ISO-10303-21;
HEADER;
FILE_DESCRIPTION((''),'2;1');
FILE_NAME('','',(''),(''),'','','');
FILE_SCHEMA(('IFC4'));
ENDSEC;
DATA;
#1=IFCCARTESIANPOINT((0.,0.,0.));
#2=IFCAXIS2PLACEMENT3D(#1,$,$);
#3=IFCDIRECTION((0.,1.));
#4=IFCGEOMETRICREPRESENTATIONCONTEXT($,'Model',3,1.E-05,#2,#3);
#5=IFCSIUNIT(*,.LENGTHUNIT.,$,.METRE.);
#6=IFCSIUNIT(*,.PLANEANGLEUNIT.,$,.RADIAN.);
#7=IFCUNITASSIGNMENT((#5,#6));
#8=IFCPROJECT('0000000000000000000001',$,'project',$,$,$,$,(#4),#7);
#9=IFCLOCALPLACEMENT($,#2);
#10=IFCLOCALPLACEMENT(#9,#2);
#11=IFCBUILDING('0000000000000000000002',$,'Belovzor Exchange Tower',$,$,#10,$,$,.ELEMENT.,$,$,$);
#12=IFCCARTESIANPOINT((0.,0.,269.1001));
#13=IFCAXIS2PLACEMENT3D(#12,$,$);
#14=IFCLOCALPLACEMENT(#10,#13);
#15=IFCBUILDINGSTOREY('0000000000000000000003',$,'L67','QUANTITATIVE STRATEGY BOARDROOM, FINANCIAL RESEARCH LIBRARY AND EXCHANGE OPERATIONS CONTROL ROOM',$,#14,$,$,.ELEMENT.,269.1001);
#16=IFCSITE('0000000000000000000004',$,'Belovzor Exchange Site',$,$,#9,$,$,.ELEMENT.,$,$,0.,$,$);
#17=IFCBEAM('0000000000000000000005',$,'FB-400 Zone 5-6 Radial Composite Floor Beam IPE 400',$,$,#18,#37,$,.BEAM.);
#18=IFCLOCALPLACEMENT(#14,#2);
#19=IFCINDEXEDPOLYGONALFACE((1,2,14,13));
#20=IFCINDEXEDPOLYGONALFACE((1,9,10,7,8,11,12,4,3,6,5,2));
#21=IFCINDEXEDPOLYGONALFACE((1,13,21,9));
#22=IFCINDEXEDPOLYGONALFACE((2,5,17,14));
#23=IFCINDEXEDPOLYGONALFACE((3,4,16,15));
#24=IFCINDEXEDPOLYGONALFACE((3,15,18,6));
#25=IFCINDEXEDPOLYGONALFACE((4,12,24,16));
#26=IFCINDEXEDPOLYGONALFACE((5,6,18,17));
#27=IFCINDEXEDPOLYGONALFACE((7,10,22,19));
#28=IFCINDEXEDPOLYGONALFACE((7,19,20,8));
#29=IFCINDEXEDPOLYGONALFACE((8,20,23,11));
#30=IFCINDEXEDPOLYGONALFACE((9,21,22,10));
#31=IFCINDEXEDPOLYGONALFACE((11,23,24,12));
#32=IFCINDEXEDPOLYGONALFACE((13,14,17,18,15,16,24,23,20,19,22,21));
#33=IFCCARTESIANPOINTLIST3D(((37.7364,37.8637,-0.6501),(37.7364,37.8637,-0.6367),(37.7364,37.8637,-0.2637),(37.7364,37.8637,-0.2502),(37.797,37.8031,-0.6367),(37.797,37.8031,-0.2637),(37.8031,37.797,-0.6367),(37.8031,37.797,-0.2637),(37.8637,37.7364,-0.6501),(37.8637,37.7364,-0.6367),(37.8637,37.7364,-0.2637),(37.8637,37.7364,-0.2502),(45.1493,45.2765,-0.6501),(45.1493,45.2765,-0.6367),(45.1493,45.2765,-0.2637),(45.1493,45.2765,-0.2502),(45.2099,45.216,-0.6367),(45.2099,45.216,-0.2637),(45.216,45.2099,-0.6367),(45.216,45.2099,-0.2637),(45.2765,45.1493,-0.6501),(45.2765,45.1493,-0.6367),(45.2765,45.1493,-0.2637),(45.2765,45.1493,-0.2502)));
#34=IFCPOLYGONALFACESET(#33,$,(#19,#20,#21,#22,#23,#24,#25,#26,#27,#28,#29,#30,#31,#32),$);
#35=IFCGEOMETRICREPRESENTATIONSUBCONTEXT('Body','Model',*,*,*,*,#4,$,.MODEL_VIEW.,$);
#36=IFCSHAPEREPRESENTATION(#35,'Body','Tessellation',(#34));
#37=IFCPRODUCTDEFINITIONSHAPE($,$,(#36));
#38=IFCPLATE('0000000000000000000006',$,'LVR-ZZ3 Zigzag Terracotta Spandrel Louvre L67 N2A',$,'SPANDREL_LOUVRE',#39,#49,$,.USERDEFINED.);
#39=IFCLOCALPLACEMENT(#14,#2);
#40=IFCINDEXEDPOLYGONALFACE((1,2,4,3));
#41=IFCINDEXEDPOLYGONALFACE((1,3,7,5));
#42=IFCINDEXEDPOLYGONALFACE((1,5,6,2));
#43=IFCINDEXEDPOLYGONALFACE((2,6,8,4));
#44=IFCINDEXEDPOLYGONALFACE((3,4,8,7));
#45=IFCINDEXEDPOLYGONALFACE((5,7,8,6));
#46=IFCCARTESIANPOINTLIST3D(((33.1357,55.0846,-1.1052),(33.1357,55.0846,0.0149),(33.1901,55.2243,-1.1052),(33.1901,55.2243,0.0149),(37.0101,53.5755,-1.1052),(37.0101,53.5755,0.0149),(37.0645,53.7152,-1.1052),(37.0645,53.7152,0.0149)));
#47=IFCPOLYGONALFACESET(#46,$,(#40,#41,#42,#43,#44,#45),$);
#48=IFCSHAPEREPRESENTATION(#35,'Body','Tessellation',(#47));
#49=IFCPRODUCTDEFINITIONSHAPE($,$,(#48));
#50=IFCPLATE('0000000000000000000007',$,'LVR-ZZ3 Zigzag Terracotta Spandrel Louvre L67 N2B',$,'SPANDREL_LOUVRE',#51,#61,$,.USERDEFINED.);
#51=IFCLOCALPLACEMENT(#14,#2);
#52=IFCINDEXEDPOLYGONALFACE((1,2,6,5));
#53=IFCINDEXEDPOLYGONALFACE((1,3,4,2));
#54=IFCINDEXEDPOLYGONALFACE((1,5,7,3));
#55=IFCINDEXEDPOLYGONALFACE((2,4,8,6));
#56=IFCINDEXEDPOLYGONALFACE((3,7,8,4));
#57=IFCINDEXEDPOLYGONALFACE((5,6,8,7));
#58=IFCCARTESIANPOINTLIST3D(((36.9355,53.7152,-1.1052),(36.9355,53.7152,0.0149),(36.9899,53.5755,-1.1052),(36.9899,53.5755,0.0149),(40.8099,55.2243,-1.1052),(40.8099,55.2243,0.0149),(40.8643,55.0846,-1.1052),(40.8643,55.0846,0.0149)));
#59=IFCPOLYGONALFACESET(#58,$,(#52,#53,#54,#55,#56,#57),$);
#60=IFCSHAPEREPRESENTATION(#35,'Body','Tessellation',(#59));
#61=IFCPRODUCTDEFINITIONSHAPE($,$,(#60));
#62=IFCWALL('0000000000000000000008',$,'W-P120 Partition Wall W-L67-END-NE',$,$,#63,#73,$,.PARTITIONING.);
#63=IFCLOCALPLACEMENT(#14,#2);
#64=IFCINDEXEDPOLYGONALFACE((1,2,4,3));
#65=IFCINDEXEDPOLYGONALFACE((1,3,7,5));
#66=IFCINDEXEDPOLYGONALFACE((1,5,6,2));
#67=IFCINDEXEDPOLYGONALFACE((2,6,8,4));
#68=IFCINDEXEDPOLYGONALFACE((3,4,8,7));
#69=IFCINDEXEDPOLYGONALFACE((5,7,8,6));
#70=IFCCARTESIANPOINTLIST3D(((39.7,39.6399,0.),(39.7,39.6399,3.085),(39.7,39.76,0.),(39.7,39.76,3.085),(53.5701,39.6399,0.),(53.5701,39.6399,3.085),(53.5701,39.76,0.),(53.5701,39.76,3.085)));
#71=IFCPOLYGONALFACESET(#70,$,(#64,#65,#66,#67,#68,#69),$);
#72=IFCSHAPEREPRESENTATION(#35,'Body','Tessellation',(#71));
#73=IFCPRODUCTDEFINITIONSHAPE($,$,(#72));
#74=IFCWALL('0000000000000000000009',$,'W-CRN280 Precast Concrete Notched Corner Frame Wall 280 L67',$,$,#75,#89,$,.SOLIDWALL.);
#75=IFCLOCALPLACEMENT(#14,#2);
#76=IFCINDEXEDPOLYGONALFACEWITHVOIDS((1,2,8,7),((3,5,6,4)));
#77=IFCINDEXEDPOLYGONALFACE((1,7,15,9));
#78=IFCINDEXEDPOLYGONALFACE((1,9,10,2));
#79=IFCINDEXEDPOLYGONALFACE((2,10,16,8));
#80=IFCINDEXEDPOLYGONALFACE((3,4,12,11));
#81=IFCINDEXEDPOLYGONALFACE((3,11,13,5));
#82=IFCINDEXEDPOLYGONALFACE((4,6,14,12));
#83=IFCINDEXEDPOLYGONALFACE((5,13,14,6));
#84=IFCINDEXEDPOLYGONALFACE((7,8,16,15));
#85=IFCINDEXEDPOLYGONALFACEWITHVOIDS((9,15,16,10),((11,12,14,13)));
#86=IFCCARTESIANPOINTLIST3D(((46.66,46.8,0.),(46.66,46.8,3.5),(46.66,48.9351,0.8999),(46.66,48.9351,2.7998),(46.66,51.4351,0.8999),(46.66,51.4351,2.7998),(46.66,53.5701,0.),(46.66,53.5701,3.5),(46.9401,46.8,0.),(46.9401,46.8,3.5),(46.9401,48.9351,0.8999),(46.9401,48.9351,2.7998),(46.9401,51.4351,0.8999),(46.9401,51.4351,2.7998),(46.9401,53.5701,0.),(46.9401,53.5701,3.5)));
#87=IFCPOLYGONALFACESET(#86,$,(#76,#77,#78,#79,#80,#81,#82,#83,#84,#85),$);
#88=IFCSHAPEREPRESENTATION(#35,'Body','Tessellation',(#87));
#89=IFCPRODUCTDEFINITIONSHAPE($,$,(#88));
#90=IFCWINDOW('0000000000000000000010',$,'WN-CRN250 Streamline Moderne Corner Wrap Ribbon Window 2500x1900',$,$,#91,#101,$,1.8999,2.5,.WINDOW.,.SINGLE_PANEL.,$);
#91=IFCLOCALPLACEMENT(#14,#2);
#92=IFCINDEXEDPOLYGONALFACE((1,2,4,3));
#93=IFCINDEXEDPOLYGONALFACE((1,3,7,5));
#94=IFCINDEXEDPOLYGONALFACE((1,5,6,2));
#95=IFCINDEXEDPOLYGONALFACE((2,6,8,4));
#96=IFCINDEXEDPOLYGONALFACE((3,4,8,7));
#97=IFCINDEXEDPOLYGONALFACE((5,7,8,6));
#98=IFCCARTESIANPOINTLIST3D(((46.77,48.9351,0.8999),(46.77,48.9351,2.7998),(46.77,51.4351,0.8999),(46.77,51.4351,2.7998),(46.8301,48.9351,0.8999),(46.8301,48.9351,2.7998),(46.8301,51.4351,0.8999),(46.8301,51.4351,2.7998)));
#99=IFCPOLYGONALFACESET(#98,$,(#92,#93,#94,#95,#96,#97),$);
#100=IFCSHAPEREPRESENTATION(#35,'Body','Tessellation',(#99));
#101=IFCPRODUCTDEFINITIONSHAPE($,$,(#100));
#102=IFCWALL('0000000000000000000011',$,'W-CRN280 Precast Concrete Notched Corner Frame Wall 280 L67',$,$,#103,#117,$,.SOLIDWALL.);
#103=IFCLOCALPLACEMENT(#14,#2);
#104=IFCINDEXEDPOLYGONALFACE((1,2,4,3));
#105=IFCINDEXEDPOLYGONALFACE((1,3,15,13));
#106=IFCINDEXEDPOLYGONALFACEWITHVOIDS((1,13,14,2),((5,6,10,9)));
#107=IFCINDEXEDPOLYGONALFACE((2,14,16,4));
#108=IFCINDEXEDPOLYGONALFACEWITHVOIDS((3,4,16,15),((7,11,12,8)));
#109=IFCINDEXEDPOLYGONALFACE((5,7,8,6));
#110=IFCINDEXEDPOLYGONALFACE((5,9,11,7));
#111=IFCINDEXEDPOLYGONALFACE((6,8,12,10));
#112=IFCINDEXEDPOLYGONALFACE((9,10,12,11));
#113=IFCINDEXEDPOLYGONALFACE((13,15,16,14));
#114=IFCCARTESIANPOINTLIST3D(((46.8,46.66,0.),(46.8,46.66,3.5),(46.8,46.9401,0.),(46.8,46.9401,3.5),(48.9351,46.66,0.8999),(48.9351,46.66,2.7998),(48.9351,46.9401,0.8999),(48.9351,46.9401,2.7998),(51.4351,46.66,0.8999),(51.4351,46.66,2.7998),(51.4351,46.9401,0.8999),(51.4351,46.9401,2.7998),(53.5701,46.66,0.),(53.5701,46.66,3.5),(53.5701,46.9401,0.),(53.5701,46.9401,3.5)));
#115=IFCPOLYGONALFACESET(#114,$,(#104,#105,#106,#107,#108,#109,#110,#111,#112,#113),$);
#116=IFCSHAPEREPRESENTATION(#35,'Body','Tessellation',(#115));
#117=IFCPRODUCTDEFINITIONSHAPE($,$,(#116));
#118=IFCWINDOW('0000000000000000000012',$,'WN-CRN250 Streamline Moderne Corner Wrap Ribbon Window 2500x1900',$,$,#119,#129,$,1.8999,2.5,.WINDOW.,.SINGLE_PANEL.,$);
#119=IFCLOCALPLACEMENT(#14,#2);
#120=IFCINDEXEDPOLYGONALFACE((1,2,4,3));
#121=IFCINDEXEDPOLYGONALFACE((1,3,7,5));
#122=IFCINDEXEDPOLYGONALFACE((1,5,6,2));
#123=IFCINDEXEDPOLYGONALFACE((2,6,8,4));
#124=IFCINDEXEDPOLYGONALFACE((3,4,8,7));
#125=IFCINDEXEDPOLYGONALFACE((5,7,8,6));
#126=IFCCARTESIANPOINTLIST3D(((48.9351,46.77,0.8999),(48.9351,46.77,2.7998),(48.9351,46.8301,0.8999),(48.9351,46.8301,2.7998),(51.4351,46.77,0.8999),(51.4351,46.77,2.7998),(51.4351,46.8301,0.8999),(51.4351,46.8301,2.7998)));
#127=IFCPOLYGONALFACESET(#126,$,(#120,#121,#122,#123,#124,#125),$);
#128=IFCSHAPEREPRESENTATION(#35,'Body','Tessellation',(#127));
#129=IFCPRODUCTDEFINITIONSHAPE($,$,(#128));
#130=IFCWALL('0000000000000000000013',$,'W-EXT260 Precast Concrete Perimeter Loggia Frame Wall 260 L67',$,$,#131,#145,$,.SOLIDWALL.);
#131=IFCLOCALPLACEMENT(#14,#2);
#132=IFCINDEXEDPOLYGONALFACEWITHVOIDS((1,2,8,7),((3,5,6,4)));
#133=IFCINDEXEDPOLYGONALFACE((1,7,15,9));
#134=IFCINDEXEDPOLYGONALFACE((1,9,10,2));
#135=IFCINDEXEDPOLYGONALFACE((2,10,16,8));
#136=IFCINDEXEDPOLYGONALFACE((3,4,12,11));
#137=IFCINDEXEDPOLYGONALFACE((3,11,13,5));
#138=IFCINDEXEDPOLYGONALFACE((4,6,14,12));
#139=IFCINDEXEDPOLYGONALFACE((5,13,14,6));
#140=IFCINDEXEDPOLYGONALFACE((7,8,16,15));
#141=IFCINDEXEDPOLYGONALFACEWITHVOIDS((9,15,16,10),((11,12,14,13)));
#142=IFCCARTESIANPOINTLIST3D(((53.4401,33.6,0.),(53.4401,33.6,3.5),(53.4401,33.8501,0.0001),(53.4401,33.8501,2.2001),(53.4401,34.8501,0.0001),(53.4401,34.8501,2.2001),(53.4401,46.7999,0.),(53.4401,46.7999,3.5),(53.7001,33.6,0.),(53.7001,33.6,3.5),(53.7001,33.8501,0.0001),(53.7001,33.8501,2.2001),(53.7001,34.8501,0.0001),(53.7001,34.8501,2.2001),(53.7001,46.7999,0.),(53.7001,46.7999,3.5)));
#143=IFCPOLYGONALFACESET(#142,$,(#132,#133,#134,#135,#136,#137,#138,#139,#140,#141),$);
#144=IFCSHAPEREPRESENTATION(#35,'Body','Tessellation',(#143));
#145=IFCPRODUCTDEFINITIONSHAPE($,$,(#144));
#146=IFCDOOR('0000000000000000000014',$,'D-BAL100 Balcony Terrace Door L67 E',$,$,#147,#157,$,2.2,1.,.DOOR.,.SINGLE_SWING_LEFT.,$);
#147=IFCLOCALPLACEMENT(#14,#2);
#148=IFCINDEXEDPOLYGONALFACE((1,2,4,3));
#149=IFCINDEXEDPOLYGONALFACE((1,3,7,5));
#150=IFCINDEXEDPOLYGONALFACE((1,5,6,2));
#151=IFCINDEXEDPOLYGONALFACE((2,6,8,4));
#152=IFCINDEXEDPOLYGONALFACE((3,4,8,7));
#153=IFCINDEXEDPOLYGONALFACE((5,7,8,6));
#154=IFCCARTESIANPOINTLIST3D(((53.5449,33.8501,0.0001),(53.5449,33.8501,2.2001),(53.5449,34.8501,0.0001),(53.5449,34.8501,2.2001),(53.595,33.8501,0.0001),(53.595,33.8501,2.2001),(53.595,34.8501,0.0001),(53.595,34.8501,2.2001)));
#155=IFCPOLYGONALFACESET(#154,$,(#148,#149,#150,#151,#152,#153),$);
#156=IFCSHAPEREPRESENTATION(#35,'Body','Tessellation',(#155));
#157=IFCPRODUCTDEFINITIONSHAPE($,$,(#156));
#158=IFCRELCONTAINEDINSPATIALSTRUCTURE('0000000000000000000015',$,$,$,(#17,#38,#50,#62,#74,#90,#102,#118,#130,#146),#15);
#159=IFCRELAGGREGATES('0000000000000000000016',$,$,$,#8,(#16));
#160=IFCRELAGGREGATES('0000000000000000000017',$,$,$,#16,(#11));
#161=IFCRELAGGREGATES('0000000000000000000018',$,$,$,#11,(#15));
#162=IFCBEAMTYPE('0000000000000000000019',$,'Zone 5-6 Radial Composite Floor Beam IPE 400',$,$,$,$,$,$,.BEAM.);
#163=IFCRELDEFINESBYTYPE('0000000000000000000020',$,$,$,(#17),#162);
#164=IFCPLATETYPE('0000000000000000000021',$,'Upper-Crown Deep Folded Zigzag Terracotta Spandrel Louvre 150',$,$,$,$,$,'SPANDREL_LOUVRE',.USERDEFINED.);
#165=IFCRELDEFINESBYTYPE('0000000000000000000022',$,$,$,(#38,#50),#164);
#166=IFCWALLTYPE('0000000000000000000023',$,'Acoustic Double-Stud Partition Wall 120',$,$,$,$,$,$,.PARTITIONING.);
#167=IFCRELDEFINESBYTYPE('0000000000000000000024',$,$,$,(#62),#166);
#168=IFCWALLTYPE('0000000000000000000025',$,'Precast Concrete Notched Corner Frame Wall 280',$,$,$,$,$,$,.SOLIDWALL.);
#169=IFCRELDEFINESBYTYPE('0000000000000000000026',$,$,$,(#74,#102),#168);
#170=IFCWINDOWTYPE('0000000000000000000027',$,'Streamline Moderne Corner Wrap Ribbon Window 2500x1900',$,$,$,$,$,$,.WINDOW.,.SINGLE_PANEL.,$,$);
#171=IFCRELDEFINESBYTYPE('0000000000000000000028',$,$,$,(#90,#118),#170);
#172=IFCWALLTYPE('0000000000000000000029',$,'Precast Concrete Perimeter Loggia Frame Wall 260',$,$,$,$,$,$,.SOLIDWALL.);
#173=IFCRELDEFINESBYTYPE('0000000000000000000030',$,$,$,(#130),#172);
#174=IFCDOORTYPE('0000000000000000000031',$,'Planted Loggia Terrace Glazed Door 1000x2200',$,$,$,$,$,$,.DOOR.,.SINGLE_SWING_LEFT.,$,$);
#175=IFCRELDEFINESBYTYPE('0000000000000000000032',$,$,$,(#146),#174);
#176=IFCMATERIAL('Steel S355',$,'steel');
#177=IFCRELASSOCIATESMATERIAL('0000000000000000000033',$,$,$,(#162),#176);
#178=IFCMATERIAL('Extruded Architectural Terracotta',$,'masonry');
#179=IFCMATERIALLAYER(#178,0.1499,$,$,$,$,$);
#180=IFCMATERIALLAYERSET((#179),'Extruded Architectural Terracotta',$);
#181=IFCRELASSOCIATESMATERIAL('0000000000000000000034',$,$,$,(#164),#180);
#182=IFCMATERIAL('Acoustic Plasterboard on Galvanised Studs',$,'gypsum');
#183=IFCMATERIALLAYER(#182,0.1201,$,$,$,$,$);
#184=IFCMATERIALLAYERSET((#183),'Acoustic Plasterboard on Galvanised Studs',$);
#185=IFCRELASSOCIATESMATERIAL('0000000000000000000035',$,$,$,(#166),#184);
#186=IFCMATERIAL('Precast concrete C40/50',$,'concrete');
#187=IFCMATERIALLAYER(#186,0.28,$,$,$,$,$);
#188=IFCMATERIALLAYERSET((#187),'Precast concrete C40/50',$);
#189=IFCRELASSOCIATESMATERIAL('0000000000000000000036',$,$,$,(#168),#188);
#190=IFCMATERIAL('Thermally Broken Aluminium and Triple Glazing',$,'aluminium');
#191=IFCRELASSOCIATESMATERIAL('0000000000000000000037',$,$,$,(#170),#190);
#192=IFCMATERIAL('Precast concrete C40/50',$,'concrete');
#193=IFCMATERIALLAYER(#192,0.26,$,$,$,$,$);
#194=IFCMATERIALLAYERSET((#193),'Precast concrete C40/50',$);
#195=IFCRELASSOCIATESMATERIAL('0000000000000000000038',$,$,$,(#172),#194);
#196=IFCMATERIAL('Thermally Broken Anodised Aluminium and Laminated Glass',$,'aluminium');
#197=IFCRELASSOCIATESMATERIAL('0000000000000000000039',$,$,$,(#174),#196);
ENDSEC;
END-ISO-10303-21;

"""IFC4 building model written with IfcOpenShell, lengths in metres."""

from ifc_helpers import new_model, si_unit, direction, frame, frame_2d, origin, origin_2d, place, context, subcontext, project, spatial, rectangle, i_section, extrude, material, layer, layer_set, material_profile, profile_set, type_object, element, fill, save


model = new_model("IFC4")

# Units and contexts
model_context = context("Model", 3, precision=1e-05, world=origin(), true_north=direction((0.0, 1.0)))
body_context = subcontext(model_context, "Body", "Model", "MODEL_VIEW")
ifc_project = project(units=[si_unit("LENGTHUNIT", "METRE"), si_unit("PLANEANGLEUNIT", "RADIAN")], contexts=[model_context])

# Site, building, storey
site_placement = place(None, origin())
site = spatial("IfcSite", under=ifc_project, at=site_placement, Name="Belovzor Exchange Site", CompositionType="ELEMENT", RefElevation=0.0)
building_placement = place(site_placement, origin())
building = spatial("IfcBuilding", under=site, at=building_placement, Name="Belovzor Exchange Tower", CompositionType="ELEMENT")
storey_placement = place(building_placement, frame((0.0, 0.0, 269.1001)))
storey = spatial("IfcBuildingStorey", under=building, at=storey_placement, Name="L67", Description="QUANTITATIVE STRATEGY BOARDROOM, FINANCIAL RESEARCH LIBRARY AND EXCHANGE OPERATIONS CONTROL ROOM", CompositionType="ELEMENT", Elevation=269.1001)

# Beam
ifc_material_1 = material(Name="Steel S355", Category="steel")
ifc_material_profile_1 = material_profile(ifc_material_1, i_section(OverallWidth=0.1799, OverallDepth=0.3999, WebThickness=0.0085, FlangeThickness=0.0134, at=origin_2d()))
ifc_profile_set_1 = profile_set([ifc_material_profile_1], Name="Steel S355")
beam_type_1 = type_object("IfcBeamType", Name="Zone 5-6 Radial Composite Floor Beam IPE 400", PredefinedType="BEAM", material=ifc_profile_set_1)
beam_1_placement = place(storey_placement, frame((37.8, 37.8, -0.4502), z_axis=(0.707107, 0.707107, 0.0), x_axis=(-0.707107, 0.707107, 0.0)))
element("IfcBeam", 1, at=beam_1_placement, inside=storey, type_object=beam_type_1, Name="FB-400 Zone 5-6 Radial Composite Floor Beam IPE 400", PredefinedType="BEAM", context=body_context, shape_type="SweptSolid", body=[
    extrude(i_section(OverallWidth=0.1799, OverallDepth=0.3999, WebThickness=0.0085, FlangeThickness=0.0134, at=origin_2d()), origin(), (0.0, 0.0, 1.0), 10.4834),
])

# Plates
ifc_material_2 = material(Name="Extruded Architectural Terracotta", Category="masonry")
ifc_layer_1 = layer(ifc_material_2, 0.1499)
ifc_layer_set_1 = layer_set([ifc_layer_1], Name="Extruded Architectural Terracotta")
plate_type = type_object("IfcPlateType", Name="Upper-Crown Deep Folded Zigzag Terracotta Spandrel Louvre 150", ElementType="SPANDREL_LOUVRE", PredefinedType="USERDEFINED", material=ifc_layer_set_1)
for number, where, z_axis, x_axis, name in (
    (2, (35.1001, 54.3999, -1.1052), (0.0, 0.0, 1.0), (0.931818, -0.362926, 0.0), "LVR-ZZ3 Zigzag Terracotta Spandrel Louvre L67 N2A"),
    (3, (38.8999, 54.3999, -1.1052), (0.0, 0.0, 1.0), (0.931818, 0.362926, 0.0), "LVR-ZZ3 Zigzag Terracotta Spandrel Louvre L67 N2B"),
):
    element("IfcPlate", number, at=place(storey_placement, frame(where, z_axis=z_axis, x_axis=x_axis)), inside=storey, type_object=plate_type, Name=name, ObjectType="SPANDREL_LOUVRE", PredefinedType="USERDEFINED", context=body_context, shape_type="SweptSolid", body=[
        extrude(rectangle(XDim=4.158, YDim=0.1499, at=origin_2d()), origin(), (0.0, 0.0, 1.0), 1.1201),
    ])

# Wall
ifc_material_3 = material(Name="Acoustic Plasterboard on Galvanised Studs", Category="gypsum")
ifc_layer_2 = layer(ifc_material_3, 0.1201)
ifc_layer_set_2 = layer_set([ifc_layer_2], Name="Acoustic Plasterboard on Galvanised Studs")
wall_type_1 = type_object("IfcWallType", Name="Acoustic Double-Stud Partition Wall 120", PredefinedType="PARTITIONING", material=ifc_layer_set_2)
wall_1_placement = place(storey_placement, frame((39.7, 39.7, 0.0), z_axis=(0.0, 0.0, 1.0), x_axis=(1.0, 0.0, 0.0)))
element("IfcWall", 4, at=wall_1_placement, inside=storey, type_object=wall_type_1, Name="W-P120 Partition Wall W-L67-END-NE", PredefinedType="PARTITIONING", context=body_context, shape_type="SweptSolid", body=[
    extrude(rectangle(XDim=13.8701, YDim=0.1201, at=frame_2d((6.9351, 0.0))), origin(), (0.0, 0.0, 1.0), 3.085),
])

# Walls, openings, windows
ifc_material_4 = material(Name="Precast concrete C40/50", Category="concrete")
ifc_layer_3 = layer(ifc_material_4, 0.28)
ifc_layer_set_3 = layer_set([ifc_layer_3], Name="Precast concrete C40/50")
wall_type_2 = type_object("IfcWallType", Name="Precast Concrete Notched Corner Frame Wall 280", PredefinedType="SOLIDWALL", material=ifc_layer_set_3)
wall_2_placement = place(storey_placement, frame((46.8, 53.5701, 0.0), z_axis=(0.0, 0.0, 1.0), x_axis=(0.0, -1.0, 0.0)))
wall_2 = element("IfcWall", 5, at=wall_2_placement, inside=storey, type_object=wall_type_2, Name="W-CRN280 Precast Concrete Notched Corner Frame Wall 280 L67", PredefinedType="SOLIDWALL", context=body_context, shape_type="SweptSolid", body=[
    extrude(rectangle(XDim=6.77, YDim=0.28, at=frame_2d((3.385, 0.0))), origin(), (0.0, 0.0, 1.0), 3.5),
])
opening_1_placement = place(wall_2_placement, frame((2.135, 0.0, 0.8999)))
opening_1 = element("IfcOpeningElement", 6, at=opening_1_placement, cuts=wall_2, PredefinedType="OPENING", context=body_context, shape_type="SweptSolid", body=[
    extrude(rectangle(XDim=2.5, YDim=1.8999, at=frame_2d((1.25, 0.95))), frame((0.0, 0.1499, 0.0), z_axis=(0.0, -1.0, 0.0), x_axis=(1.0, 0.0, 0.0)), (0.0, 0.0, 1.0), 0.3),
])
ifc_material_5 = material(Name="Thermally Broken Aluminium and Triple Glazing", Category="aluminium")
window_type = type_object("IfcWindowType", Name="Streamline Moderne Corner Wrap Ribbon Window 2500x1900", PartitioningType="SINGLE_PANEL", PredefinedType="WINDOW", material=ifc_material_5)
window_1_placement = place(opening_1_placement, origin())
window_1 = element("IfcWindow", 7, at=window_1_placement, inside=storey, type_object=window_type, Name="WN-CRN250 Streamline Moderne Corner Wrap Ribbon Window 2500x1900", OverallHeight=1.8999, OverallWidth=2.5, PartitioningType="SINGLE_PANEL", PredefinedType="WINDOW", context=body_context, shape_type="SweptSolid", body=[
    extrude(rectangle(XDim=2.5, YDim=1.8999, at=frame_2d((1.25, 0.95))), frame((0.0, 0.03, 0.0), z_axis=(0.0, -1.0, 0.0), x_axis=(1.0, 0.0, 0.0)), (0.0, 0.0, 1.0), 0.0601),
])
fill(opening_1, window_1)
wall_3_placement = place(storey_placement, frame((46.8, 46.8, 0.0), z_axis=(0.0, 0.0, 1.0), x_axis=(1.0, 0.0, 0.0)))
wall_3 = element("IfcWall", 8, at=wall_3_placement, inside=storey, type_object=wall_type_2, Name="W-CRN280 Precast Concrete Notched Corner Frame Wall 280 L67", PredefinedType="SOLIDWALL", context=body_context, shape_type="SweptSolid", body=[
    extrude(rectangle(XDim=6.77, YDim=0.28, at=frame_2d((3.385, 0.0))), origin(), (0.0, 0.0, 1.0), 3.5),
])
opening_2_placement = place(wall_3_placement, frame((2.135, 0.0, 0.8999)))
opening_2 = element("IfcOpeningElement", 9, at=opening_2_placement, cuts=wall_3, PredefinedType="OPENING", context=body_context, shape_type="SweptSolid", body=[
    extrude(rectangle(XDim=2.5, YDim=1.8999, at=frame_2d((1.25, 0.95))), frame((0.0, 0.1499, 0.0), z_axis=(0.0, -1.0, 0.0), x_axis=(1.0, 0.0, 0.0)), (0.0, 0.0, 1.0), 0.3),
])
window_2_placement = place(opening_2_placement, origin())
window_2 = element("IfcWindow", 10, at=window_2_placement, inside=storey, type_object=window_type, Name="WN-CRN250 Streamline Moderne Corner Wrap Ribbon Window 2500x1900", OverallHeight=1.8999, OverallWidth=2.5, PartitioningType="SINGLE_PANEL", PredefinedType="WINDOW", context=body_context, shape_type="SweptSolid", body=[
    extrude(rectangle(XDim=2.5, YDim=1.8999, at=frame_2d((1.25, 0.95))), frame((0.0, 0.03, 0.0), z_axis=(0.0, -1.0, 0.0), x_axis=(1.0, 0.0, 0.0)), (0.0, 0.0, 1.0), 0.0601),
])
fill(opening_2, window_2)

# Wall, opening, door
ifc_material_6 = material(Name="Precast concrete C40/50", Category="concrete")
ifc_layer_4 = layer(ifc_material_6, 0.26)
ifc_layer_set_4 = layer_set([ifc_layer_4], Name="Precast concrete C40/50")
wall_type_3 = type_object("IfcWallType", Name="Precast Concrete Perimeter Loggia Frame Wall 260", PredefinedType="SOLIDWALL", material=ifc_layer_set_4)
wall_4_placement = place(storey_placement, frame((53.5701, 46.8, 0.0), z_axis=(0.0, 0.0, 1.0), x_axis=(0.0, -1.0, 0.0)))
wall_4 = element("IfcWall", 11, at=wall_4_placement, inside=storey, type_object=wall_type_3, Name="W-EXT260 Precast Concrete Perimeter Loggia Frame Wall 260 L67", PredefinedType="SOLIDWALL", context=body_context, shape_type="SweptSolid", body=[
    extrude(rectangle(XDim=13.2, YDim=0.26, at=frame_2d((6.6001, 0.0))), origin(), (0.0, 0.0, 1.0), 3.5),
])
opening_3_placement = place(wall_4_placement, frame((11.95, 0.0, 0.0)))
opening_3 = element("IfcOpeningElement", 12, at=opening_3_placement, cuts=wall_4, PredefinedType="OPENING", context=body_context, shape_type="SweptSolid", body=[
    extrude(rectangle(XDim=1.0, YDim=2.2, at=frame_2d((0.5, 1.1001))), frame((0.0, 0.1399, 0.0), z_axis=(0.0, -1.0, 0.0), x_axis=(1.0, 0.0, 0.0)), (0.0, 0.0, 1.0), 0.28),
])
ifc_material_7 = material(Name="Thermally Broken Anodised Aluminium and Laminated Glass", Category="aluminium")
door_type = type_object("IfcDoorType", Name="Planted Loggia Terrace Glazed Door 1000x2200", OperationType="SINGLE_SWING_LEFT", PredefinedType="DOOR", material=ifc_material_7)
door_placement = place(opening_3_placement, origin())
door = element("IfcDoor", 13, at=door_placement, inside=storey, type_object=door_type, Name="D-BAL100 Balcony Terrace Door L67 E", OperationType="SINGLE_SWING_LEFT", OverallHeight=2.2, OverallWidth=1.0, PredefinedType="DOOR", context=body_context, shape_type="SweptSolid", body=[
    extrude(rectangle(XDim=1.0, YDim=2.2, at=frame_2d((0.5, 1.1001))), frame((0.0, 0.0249, 0.0), z_axis=(0.0, -1.0, 0.0), x_axis=(1.0, 0.0, 0.0)), (0.0, 0.0, 1.0), 0.05),
])
fill(opening_3, door)

save(model, "model.ifc")
